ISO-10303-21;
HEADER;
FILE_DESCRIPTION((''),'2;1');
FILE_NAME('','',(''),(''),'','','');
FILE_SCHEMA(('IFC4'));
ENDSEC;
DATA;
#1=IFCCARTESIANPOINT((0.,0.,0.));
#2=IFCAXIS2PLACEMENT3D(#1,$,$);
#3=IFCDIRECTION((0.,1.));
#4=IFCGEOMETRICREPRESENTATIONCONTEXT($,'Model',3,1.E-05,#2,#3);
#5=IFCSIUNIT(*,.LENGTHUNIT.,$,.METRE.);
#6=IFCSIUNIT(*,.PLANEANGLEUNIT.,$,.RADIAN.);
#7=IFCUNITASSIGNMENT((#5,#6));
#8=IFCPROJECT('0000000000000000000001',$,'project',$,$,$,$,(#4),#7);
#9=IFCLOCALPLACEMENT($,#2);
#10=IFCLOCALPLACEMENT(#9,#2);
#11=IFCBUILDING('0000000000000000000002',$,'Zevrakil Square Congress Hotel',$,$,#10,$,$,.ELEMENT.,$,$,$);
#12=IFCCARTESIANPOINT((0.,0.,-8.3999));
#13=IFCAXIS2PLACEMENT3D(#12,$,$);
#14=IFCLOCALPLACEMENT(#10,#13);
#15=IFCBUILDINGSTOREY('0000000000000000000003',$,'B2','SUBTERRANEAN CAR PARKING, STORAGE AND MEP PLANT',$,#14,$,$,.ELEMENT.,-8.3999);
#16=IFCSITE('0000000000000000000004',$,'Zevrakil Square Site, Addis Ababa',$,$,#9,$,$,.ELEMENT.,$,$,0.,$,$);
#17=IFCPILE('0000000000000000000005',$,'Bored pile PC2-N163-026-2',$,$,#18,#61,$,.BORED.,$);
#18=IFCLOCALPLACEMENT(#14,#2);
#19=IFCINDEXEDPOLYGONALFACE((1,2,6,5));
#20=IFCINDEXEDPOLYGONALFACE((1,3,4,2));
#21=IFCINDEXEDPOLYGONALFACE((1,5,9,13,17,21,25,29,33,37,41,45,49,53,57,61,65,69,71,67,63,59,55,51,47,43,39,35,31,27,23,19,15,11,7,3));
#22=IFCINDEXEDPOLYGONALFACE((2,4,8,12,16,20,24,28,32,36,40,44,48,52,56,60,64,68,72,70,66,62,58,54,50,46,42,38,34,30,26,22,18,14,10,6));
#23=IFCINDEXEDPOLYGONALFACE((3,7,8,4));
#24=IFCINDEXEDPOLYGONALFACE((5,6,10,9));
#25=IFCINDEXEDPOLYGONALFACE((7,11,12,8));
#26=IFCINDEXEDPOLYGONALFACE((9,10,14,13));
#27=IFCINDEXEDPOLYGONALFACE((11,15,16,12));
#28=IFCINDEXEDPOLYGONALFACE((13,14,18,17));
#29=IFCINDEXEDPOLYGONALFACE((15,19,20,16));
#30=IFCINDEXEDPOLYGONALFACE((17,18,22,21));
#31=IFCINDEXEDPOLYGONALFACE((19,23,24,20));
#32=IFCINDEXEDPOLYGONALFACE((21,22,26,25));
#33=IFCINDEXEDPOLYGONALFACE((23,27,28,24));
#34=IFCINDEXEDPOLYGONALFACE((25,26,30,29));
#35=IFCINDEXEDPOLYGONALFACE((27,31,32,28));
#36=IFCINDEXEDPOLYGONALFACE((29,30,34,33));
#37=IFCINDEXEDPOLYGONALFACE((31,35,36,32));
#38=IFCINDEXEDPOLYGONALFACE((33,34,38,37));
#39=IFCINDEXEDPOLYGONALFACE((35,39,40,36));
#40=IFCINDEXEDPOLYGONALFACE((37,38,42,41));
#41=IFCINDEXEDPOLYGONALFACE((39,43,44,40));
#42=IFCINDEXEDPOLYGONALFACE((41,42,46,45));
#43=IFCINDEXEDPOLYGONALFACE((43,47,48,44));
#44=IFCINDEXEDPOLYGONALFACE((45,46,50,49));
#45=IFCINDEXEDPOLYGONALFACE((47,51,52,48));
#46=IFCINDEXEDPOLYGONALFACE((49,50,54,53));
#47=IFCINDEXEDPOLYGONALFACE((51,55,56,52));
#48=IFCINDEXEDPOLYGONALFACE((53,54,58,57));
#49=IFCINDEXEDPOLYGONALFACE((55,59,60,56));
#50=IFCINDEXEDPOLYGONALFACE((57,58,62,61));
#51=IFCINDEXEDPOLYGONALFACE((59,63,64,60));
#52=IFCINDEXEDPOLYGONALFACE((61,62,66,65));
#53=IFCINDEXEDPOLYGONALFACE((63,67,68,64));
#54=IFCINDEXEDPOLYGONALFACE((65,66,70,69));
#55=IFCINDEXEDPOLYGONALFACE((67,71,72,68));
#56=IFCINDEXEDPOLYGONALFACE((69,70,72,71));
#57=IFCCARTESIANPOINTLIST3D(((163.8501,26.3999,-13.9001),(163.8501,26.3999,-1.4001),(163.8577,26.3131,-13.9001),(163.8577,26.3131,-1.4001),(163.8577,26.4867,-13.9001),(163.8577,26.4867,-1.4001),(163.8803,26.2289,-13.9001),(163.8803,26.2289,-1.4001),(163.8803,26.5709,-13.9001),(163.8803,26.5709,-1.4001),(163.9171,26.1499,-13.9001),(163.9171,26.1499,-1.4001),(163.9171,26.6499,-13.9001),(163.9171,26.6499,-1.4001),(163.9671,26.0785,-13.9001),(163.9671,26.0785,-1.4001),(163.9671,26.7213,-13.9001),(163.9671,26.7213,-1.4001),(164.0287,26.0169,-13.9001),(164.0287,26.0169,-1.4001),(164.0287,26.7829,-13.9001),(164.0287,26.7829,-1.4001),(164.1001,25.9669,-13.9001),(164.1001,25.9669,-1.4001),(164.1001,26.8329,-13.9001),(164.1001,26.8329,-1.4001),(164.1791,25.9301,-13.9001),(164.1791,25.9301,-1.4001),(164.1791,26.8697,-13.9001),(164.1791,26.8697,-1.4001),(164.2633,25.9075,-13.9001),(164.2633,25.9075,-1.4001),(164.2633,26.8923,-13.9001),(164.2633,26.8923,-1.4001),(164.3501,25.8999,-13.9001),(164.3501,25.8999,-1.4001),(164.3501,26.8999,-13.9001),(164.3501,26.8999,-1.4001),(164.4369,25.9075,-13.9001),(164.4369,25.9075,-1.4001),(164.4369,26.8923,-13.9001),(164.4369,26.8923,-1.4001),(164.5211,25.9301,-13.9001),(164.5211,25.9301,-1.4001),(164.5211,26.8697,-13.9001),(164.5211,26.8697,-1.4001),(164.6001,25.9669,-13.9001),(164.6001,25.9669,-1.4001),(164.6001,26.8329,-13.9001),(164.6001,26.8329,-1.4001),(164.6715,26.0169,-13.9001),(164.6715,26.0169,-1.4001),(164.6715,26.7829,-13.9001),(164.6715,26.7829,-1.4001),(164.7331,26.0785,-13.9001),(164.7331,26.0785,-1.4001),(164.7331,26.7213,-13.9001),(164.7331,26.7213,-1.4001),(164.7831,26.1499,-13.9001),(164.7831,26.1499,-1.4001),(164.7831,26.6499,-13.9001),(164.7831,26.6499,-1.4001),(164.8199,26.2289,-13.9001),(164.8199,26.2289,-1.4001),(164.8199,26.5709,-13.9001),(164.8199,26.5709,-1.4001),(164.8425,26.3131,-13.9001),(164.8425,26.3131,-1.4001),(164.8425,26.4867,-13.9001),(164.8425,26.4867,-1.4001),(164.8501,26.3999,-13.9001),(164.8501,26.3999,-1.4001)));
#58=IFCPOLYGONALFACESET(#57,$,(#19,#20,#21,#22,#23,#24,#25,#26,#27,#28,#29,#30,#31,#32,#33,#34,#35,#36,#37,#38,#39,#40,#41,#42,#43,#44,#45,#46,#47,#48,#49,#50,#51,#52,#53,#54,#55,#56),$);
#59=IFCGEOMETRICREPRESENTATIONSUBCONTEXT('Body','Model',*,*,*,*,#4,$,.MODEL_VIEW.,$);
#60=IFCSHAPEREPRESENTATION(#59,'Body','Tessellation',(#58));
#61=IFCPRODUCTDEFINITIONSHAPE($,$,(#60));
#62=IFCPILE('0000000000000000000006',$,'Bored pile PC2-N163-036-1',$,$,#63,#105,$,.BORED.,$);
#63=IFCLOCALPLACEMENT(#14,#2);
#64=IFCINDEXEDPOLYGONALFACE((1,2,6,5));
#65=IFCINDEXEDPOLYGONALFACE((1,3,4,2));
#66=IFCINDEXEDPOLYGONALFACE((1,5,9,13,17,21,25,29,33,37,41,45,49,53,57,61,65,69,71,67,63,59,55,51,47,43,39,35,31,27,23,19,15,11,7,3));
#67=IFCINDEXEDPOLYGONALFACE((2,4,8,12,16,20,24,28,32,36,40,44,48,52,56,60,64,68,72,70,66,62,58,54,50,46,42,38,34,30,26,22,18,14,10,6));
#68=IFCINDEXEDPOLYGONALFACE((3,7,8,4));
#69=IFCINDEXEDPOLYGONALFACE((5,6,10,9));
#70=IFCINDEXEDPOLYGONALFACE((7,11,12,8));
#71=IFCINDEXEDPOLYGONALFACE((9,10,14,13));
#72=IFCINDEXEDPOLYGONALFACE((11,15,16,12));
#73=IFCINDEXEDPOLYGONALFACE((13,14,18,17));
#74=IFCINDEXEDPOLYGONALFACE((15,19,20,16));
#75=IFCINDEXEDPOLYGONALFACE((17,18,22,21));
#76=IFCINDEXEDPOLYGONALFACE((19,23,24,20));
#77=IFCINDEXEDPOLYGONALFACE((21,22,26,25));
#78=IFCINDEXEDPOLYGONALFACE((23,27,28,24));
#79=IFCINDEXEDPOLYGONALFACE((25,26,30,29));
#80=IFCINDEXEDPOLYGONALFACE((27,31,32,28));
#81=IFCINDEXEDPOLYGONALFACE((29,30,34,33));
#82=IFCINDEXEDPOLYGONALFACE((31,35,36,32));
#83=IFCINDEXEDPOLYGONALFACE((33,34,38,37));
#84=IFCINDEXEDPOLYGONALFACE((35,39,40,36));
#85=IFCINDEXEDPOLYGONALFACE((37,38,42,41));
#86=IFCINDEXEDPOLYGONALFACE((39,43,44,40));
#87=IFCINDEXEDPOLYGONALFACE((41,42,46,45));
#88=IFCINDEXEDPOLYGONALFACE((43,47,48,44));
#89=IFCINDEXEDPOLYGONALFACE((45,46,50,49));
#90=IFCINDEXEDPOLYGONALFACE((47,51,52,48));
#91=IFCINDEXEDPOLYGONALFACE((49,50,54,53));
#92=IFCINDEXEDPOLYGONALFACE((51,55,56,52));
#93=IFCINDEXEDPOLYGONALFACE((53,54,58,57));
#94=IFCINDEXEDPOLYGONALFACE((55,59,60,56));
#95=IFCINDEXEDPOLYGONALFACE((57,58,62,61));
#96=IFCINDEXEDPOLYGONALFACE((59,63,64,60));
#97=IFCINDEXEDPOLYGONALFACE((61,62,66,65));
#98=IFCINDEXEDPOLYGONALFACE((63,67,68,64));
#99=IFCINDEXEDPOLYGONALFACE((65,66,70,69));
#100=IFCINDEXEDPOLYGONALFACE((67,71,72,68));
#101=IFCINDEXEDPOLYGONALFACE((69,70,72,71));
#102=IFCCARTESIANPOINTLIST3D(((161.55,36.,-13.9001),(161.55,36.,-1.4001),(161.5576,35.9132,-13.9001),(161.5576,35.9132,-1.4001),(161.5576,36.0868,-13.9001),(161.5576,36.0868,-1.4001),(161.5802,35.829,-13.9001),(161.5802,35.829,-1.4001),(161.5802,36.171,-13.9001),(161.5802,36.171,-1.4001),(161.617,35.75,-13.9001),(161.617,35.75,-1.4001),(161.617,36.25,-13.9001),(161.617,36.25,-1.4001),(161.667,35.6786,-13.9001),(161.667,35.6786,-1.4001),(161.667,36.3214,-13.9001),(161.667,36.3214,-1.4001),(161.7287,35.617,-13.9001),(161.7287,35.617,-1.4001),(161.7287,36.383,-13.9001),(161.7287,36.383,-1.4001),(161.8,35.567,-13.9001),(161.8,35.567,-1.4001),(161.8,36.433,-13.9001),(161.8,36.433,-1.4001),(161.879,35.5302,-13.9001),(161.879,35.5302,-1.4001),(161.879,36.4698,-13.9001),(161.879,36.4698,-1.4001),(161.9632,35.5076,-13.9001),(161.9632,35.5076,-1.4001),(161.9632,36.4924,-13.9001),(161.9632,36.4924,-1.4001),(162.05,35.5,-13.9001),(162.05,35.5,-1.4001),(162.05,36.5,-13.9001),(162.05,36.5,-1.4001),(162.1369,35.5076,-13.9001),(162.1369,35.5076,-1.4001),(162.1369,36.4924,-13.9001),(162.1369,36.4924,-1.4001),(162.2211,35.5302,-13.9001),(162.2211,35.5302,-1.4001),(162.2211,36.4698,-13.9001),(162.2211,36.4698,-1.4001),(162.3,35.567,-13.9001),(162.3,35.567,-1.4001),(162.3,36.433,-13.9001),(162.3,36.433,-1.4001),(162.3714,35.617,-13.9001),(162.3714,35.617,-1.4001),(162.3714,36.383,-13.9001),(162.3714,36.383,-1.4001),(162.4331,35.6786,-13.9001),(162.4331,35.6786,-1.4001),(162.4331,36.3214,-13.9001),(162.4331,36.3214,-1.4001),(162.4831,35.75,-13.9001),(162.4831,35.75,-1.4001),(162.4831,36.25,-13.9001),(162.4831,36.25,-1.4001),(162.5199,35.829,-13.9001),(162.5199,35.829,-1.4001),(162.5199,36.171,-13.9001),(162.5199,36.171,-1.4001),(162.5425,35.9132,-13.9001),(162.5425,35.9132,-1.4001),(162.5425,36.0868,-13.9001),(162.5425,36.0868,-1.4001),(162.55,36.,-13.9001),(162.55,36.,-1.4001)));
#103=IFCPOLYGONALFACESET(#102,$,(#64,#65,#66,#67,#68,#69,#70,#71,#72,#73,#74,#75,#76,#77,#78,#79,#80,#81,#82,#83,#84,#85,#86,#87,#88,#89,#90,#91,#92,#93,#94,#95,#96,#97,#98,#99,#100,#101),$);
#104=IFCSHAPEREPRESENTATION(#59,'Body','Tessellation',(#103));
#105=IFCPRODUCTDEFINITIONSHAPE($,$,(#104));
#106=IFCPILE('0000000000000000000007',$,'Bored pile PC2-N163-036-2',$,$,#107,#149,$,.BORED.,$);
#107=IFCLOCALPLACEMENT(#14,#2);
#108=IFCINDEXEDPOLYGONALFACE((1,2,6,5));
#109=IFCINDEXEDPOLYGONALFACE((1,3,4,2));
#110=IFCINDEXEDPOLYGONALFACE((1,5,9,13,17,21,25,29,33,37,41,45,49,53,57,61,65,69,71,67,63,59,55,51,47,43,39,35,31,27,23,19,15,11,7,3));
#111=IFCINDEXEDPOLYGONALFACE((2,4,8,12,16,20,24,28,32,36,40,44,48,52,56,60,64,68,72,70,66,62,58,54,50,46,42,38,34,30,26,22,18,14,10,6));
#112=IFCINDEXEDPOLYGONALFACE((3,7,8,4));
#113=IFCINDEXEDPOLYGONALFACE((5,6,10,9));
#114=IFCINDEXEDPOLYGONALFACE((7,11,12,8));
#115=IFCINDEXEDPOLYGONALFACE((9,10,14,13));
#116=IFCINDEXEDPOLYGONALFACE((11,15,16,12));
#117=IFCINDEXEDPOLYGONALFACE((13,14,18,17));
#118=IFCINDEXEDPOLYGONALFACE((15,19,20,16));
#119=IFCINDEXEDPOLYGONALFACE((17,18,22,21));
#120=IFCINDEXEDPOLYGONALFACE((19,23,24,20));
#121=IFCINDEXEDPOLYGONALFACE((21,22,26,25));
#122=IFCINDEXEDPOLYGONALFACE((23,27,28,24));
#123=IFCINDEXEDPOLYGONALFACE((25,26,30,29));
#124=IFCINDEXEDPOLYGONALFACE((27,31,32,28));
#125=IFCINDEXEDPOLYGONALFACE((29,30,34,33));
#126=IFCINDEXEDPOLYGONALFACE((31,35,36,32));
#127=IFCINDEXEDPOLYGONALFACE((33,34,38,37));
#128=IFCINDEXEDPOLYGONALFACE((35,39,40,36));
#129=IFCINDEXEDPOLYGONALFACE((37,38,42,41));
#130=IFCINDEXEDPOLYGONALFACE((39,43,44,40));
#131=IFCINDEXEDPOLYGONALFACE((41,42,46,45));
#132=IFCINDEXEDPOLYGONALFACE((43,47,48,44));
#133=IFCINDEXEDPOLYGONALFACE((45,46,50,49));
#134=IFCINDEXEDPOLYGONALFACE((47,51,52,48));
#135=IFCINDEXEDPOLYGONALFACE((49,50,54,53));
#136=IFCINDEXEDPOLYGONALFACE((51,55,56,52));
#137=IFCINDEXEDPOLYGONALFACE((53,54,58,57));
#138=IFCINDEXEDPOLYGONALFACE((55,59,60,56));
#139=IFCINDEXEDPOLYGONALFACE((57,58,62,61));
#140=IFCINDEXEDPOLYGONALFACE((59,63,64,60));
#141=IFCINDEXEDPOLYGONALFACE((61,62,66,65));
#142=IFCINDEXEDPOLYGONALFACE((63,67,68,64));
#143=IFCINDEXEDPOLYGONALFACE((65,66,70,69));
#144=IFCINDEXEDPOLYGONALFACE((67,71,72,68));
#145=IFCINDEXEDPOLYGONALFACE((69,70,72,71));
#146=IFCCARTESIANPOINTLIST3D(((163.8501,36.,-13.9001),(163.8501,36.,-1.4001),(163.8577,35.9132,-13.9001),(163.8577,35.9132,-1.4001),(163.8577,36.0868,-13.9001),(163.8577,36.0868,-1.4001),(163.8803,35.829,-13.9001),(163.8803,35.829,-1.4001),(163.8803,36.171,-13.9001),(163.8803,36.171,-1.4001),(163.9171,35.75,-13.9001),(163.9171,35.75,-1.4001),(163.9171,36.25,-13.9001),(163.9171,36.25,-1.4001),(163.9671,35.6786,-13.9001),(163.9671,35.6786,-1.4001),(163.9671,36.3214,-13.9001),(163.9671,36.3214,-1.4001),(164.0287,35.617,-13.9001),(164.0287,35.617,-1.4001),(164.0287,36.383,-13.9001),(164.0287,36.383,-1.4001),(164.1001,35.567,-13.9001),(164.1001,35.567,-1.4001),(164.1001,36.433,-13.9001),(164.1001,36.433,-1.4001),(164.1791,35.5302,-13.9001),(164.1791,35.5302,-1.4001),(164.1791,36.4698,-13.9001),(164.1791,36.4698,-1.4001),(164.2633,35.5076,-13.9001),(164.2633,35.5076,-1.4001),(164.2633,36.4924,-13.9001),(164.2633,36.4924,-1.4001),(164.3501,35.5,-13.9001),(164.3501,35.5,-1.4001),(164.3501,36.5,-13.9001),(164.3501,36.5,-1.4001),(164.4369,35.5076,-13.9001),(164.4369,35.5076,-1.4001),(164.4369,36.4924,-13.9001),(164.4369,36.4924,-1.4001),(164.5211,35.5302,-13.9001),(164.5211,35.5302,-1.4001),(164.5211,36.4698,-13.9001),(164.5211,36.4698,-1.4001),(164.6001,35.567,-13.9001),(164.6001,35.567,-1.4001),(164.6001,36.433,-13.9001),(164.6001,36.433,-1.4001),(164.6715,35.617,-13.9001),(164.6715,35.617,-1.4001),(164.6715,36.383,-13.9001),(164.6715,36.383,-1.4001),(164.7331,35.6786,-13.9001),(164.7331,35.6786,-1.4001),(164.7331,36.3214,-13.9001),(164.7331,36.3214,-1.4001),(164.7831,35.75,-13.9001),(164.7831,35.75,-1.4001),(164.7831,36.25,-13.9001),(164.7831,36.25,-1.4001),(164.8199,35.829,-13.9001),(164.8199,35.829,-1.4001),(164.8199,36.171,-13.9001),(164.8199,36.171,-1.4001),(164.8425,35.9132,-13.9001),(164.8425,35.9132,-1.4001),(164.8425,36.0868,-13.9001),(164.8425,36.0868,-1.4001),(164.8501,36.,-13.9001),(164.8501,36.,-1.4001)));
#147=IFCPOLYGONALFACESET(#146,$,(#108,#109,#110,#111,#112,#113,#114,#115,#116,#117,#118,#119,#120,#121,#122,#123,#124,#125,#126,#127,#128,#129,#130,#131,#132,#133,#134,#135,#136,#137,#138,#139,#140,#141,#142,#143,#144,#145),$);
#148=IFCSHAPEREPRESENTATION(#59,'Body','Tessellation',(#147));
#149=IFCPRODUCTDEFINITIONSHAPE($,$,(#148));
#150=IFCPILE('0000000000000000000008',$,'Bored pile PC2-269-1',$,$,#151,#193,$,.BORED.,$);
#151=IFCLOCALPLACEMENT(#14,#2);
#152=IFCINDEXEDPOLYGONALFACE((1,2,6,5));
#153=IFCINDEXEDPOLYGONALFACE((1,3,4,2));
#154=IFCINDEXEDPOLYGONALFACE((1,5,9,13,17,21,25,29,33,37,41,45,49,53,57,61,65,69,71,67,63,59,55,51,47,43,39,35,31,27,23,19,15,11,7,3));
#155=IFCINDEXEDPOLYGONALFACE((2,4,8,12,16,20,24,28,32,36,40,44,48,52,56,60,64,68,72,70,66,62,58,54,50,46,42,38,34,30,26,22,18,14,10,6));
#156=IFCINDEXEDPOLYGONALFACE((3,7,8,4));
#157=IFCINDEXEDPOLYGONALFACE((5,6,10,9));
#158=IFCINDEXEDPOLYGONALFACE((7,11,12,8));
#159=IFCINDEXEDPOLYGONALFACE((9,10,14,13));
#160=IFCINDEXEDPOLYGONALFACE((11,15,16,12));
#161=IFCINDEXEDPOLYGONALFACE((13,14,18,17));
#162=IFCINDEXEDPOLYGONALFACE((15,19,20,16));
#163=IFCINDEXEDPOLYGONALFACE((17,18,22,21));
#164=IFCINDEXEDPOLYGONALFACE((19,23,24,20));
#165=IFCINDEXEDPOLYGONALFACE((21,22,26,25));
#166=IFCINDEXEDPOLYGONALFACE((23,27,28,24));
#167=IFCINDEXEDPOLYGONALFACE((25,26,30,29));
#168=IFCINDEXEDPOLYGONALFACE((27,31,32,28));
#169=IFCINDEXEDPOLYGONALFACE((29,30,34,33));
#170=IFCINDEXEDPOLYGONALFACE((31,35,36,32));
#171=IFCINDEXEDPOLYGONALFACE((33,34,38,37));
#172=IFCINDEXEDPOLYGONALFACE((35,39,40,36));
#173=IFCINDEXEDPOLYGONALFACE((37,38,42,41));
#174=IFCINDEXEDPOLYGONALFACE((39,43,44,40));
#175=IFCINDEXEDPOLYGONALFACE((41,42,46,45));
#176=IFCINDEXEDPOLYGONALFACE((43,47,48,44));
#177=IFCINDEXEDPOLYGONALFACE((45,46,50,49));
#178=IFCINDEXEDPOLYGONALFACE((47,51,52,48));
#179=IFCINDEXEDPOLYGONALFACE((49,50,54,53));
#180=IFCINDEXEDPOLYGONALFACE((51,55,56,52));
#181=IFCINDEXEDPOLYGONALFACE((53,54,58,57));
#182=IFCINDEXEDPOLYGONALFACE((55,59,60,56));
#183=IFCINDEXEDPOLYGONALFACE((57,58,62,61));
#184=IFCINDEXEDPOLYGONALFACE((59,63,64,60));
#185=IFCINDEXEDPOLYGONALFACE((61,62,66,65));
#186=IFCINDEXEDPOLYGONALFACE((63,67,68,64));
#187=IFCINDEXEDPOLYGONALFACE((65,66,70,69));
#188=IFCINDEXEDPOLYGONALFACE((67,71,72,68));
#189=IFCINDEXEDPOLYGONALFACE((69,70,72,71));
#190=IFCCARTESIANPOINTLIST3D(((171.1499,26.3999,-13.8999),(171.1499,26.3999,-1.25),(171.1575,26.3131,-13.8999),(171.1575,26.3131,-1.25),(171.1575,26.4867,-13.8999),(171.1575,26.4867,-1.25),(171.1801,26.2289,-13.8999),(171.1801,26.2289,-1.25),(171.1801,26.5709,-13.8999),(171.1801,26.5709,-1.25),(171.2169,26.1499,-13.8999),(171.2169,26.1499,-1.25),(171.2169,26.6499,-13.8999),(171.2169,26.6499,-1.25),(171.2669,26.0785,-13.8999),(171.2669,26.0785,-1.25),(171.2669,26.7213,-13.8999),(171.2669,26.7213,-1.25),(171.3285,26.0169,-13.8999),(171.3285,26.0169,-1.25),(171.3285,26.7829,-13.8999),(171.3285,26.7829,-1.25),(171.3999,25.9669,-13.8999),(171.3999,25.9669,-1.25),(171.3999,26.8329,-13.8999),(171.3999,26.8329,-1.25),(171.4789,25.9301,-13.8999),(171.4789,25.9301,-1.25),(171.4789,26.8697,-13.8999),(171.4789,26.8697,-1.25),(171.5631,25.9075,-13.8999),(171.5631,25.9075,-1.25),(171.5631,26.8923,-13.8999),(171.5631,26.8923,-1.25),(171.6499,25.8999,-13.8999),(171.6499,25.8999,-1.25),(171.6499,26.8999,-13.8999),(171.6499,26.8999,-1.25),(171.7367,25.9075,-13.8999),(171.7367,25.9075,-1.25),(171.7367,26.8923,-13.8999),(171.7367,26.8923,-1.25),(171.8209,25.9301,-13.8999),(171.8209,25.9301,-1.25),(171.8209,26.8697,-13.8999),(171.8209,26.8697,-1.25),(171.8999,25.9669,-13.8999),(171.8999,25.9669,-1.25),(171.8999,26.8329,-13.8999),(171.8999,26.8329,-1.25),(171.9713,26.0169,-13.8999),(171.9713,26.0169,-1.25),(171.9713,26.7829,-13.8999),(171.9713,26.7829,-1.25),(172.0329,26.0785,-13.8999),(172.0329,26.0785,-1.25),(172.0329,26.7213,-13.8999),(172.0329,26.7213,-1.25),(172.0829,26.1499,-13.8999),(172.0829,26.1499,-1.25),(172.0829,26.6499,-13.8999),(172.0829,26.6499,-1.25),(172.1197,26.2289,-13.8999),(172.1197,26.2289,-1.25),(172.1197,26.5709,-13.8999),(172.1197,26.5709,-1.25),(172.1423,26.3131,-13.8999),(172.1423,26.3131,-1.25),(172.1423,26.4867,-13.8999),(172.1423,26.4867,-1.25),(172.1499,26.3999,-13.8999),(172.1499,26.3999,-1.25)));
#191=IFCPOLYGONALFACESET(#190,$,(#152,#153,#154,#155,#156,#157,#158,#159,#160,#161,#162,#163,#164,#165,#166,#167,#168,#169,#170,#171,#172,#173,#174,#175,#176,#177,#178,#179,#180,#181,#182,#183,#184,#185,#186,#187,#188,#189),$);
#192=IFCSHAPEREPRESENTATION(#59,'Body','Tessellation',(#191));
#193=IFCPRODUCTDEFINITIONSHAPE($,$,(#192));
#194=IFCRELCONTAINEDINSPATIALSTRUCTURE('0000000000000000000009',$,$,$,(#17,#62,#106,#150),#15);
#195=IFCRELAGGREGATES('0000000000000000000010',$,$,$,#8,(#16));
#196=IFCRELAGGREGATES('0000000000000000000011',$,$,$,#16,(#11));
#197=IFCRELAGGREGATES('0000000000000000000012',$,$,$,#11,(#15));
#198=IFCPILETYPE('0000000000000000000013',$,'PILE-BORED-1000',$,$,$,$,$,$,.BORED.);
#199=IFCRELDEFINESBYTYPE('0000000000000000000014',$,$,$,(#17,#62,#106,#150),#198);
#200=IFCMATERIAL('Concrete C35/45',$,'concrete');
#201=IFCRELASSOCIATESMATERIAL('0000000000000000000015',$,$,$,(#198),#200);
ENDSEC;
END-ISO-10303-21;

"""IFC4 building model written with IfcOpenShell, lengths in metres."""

from ifc_helpers import new_model, si_unit, direction, frame, origin, origin_2d, place, context, subcontext, project, spatial, circle, extrude, material, material_profile, profile_set, type_object, element, save


model = new_model("IFC4")

# Units and contexts
model_context = context("Model", 3, precision=1e-05, world=origin(), true_north=direction((0.0, 1.0)))
body_context = subcontext(model_context, "Body", "Model", "MODEL_VIEW")
ifc_project = project(units=[si_unit("LENGTHUNIT", "METRE"), si_unit("PLANEANGLEUNIT", "RADIAN")], contexts=[model_context])

# Site, building, storey
site_placement = place(None, origin())
site = spatial("IfcSite", under=ifc_project, at=site_placement, Name="Zevrakil Square Site, Addis Ababa", CompositionType="ELEMENT", RefElevation=0.0)
building_placement = place(site_placement, origin())
building = spatial("IfcBuilding", under=site, at=building_placement, Name="Zevrakil Square Congress Hotel", CompositionType="ELEMENT")
storey_placement = place(building_placement, frame((0.0, 0.0, -8.3999)))
storey = spatial("IfcBuildingStorey", under=building, at=storey_placement, Name="B2", Description="SUBTERRANEAN CAR PARKING, STORAGE AND MEP PLANT", CompositionType="ELEMENT", Elevation=-8.3999)

# Piles
ifc_material_1 = material(Name="Concrete C35/45", Category="concrete")
ifc_material_profile_1 = material_profile(ifc_material_1, circle(Radius=0.5, at=origin_2d()), Name="PILE D1000")
ifc_profile_set_1 = profile_set([ifc_material_profile_1], Name="Concrete C35/45")
pile_type_1 = type_object("IfcPileType", Name="PILE-BORED-1000", PredefinedType="BORED", material=ifc_profile_set_1)
for number, where, z_axis, x_axis, name in (
    (1, (164.3501, 26.3999, -1.4001), (0.0, 0.0, -1.0), (1.0, 0.0, 0.0), "Bored pile PC2-N163-026-2"),
    (2, (162.05, 36.0, -1.4001), (0.0, 0.0, -1.0), (1.0, 0.0, 0.0), "Bored pile PC2-N163-036-1"),
    (3, (164.3501, 36.0, -1.4001), (0.0, 0.0, -1.0), (1.0, 0.0, 0.0), "Bored pile PC2-N163-036-2"),
):
    element("IfcPile", number, at=place(storey_placement, frame(where, z_axis=z_axis, x_axis=x_axis)), inside=storey, type_object=pile_type_1, Name=name, PredefinedType="BORED", context=body_context, shape_type="SweptSolid", body=[
        extrude(circle(Radius=0.5, at=origin_2d()), origin(), (0.0, 0.0, 1.0), 12.5),
    ])
for number, where, z_axis, x_axis, name in (
    (4, (171.6499, 26.3999, -1.25), (0.0, 0.0, -1.0), (1.0, 0.0, 0.0), "Bored pile PC2-269-1"),
):
    element("IfcPile", number, at=place(storey_placement, frame(where, z_axis=z_axis, x_axis=x_axis)), inside=storey, type_object=pile_type_1, Name=name, PredefinedType="BORED", context=body_context, shape_type="SweptSolid", body=[
        extrude(circle(Radius=0.5, at=origin_2d()), origin(), (0.0, 0.0, 1.0), 12.6499),
    ])

save(model, "model.ifc")
